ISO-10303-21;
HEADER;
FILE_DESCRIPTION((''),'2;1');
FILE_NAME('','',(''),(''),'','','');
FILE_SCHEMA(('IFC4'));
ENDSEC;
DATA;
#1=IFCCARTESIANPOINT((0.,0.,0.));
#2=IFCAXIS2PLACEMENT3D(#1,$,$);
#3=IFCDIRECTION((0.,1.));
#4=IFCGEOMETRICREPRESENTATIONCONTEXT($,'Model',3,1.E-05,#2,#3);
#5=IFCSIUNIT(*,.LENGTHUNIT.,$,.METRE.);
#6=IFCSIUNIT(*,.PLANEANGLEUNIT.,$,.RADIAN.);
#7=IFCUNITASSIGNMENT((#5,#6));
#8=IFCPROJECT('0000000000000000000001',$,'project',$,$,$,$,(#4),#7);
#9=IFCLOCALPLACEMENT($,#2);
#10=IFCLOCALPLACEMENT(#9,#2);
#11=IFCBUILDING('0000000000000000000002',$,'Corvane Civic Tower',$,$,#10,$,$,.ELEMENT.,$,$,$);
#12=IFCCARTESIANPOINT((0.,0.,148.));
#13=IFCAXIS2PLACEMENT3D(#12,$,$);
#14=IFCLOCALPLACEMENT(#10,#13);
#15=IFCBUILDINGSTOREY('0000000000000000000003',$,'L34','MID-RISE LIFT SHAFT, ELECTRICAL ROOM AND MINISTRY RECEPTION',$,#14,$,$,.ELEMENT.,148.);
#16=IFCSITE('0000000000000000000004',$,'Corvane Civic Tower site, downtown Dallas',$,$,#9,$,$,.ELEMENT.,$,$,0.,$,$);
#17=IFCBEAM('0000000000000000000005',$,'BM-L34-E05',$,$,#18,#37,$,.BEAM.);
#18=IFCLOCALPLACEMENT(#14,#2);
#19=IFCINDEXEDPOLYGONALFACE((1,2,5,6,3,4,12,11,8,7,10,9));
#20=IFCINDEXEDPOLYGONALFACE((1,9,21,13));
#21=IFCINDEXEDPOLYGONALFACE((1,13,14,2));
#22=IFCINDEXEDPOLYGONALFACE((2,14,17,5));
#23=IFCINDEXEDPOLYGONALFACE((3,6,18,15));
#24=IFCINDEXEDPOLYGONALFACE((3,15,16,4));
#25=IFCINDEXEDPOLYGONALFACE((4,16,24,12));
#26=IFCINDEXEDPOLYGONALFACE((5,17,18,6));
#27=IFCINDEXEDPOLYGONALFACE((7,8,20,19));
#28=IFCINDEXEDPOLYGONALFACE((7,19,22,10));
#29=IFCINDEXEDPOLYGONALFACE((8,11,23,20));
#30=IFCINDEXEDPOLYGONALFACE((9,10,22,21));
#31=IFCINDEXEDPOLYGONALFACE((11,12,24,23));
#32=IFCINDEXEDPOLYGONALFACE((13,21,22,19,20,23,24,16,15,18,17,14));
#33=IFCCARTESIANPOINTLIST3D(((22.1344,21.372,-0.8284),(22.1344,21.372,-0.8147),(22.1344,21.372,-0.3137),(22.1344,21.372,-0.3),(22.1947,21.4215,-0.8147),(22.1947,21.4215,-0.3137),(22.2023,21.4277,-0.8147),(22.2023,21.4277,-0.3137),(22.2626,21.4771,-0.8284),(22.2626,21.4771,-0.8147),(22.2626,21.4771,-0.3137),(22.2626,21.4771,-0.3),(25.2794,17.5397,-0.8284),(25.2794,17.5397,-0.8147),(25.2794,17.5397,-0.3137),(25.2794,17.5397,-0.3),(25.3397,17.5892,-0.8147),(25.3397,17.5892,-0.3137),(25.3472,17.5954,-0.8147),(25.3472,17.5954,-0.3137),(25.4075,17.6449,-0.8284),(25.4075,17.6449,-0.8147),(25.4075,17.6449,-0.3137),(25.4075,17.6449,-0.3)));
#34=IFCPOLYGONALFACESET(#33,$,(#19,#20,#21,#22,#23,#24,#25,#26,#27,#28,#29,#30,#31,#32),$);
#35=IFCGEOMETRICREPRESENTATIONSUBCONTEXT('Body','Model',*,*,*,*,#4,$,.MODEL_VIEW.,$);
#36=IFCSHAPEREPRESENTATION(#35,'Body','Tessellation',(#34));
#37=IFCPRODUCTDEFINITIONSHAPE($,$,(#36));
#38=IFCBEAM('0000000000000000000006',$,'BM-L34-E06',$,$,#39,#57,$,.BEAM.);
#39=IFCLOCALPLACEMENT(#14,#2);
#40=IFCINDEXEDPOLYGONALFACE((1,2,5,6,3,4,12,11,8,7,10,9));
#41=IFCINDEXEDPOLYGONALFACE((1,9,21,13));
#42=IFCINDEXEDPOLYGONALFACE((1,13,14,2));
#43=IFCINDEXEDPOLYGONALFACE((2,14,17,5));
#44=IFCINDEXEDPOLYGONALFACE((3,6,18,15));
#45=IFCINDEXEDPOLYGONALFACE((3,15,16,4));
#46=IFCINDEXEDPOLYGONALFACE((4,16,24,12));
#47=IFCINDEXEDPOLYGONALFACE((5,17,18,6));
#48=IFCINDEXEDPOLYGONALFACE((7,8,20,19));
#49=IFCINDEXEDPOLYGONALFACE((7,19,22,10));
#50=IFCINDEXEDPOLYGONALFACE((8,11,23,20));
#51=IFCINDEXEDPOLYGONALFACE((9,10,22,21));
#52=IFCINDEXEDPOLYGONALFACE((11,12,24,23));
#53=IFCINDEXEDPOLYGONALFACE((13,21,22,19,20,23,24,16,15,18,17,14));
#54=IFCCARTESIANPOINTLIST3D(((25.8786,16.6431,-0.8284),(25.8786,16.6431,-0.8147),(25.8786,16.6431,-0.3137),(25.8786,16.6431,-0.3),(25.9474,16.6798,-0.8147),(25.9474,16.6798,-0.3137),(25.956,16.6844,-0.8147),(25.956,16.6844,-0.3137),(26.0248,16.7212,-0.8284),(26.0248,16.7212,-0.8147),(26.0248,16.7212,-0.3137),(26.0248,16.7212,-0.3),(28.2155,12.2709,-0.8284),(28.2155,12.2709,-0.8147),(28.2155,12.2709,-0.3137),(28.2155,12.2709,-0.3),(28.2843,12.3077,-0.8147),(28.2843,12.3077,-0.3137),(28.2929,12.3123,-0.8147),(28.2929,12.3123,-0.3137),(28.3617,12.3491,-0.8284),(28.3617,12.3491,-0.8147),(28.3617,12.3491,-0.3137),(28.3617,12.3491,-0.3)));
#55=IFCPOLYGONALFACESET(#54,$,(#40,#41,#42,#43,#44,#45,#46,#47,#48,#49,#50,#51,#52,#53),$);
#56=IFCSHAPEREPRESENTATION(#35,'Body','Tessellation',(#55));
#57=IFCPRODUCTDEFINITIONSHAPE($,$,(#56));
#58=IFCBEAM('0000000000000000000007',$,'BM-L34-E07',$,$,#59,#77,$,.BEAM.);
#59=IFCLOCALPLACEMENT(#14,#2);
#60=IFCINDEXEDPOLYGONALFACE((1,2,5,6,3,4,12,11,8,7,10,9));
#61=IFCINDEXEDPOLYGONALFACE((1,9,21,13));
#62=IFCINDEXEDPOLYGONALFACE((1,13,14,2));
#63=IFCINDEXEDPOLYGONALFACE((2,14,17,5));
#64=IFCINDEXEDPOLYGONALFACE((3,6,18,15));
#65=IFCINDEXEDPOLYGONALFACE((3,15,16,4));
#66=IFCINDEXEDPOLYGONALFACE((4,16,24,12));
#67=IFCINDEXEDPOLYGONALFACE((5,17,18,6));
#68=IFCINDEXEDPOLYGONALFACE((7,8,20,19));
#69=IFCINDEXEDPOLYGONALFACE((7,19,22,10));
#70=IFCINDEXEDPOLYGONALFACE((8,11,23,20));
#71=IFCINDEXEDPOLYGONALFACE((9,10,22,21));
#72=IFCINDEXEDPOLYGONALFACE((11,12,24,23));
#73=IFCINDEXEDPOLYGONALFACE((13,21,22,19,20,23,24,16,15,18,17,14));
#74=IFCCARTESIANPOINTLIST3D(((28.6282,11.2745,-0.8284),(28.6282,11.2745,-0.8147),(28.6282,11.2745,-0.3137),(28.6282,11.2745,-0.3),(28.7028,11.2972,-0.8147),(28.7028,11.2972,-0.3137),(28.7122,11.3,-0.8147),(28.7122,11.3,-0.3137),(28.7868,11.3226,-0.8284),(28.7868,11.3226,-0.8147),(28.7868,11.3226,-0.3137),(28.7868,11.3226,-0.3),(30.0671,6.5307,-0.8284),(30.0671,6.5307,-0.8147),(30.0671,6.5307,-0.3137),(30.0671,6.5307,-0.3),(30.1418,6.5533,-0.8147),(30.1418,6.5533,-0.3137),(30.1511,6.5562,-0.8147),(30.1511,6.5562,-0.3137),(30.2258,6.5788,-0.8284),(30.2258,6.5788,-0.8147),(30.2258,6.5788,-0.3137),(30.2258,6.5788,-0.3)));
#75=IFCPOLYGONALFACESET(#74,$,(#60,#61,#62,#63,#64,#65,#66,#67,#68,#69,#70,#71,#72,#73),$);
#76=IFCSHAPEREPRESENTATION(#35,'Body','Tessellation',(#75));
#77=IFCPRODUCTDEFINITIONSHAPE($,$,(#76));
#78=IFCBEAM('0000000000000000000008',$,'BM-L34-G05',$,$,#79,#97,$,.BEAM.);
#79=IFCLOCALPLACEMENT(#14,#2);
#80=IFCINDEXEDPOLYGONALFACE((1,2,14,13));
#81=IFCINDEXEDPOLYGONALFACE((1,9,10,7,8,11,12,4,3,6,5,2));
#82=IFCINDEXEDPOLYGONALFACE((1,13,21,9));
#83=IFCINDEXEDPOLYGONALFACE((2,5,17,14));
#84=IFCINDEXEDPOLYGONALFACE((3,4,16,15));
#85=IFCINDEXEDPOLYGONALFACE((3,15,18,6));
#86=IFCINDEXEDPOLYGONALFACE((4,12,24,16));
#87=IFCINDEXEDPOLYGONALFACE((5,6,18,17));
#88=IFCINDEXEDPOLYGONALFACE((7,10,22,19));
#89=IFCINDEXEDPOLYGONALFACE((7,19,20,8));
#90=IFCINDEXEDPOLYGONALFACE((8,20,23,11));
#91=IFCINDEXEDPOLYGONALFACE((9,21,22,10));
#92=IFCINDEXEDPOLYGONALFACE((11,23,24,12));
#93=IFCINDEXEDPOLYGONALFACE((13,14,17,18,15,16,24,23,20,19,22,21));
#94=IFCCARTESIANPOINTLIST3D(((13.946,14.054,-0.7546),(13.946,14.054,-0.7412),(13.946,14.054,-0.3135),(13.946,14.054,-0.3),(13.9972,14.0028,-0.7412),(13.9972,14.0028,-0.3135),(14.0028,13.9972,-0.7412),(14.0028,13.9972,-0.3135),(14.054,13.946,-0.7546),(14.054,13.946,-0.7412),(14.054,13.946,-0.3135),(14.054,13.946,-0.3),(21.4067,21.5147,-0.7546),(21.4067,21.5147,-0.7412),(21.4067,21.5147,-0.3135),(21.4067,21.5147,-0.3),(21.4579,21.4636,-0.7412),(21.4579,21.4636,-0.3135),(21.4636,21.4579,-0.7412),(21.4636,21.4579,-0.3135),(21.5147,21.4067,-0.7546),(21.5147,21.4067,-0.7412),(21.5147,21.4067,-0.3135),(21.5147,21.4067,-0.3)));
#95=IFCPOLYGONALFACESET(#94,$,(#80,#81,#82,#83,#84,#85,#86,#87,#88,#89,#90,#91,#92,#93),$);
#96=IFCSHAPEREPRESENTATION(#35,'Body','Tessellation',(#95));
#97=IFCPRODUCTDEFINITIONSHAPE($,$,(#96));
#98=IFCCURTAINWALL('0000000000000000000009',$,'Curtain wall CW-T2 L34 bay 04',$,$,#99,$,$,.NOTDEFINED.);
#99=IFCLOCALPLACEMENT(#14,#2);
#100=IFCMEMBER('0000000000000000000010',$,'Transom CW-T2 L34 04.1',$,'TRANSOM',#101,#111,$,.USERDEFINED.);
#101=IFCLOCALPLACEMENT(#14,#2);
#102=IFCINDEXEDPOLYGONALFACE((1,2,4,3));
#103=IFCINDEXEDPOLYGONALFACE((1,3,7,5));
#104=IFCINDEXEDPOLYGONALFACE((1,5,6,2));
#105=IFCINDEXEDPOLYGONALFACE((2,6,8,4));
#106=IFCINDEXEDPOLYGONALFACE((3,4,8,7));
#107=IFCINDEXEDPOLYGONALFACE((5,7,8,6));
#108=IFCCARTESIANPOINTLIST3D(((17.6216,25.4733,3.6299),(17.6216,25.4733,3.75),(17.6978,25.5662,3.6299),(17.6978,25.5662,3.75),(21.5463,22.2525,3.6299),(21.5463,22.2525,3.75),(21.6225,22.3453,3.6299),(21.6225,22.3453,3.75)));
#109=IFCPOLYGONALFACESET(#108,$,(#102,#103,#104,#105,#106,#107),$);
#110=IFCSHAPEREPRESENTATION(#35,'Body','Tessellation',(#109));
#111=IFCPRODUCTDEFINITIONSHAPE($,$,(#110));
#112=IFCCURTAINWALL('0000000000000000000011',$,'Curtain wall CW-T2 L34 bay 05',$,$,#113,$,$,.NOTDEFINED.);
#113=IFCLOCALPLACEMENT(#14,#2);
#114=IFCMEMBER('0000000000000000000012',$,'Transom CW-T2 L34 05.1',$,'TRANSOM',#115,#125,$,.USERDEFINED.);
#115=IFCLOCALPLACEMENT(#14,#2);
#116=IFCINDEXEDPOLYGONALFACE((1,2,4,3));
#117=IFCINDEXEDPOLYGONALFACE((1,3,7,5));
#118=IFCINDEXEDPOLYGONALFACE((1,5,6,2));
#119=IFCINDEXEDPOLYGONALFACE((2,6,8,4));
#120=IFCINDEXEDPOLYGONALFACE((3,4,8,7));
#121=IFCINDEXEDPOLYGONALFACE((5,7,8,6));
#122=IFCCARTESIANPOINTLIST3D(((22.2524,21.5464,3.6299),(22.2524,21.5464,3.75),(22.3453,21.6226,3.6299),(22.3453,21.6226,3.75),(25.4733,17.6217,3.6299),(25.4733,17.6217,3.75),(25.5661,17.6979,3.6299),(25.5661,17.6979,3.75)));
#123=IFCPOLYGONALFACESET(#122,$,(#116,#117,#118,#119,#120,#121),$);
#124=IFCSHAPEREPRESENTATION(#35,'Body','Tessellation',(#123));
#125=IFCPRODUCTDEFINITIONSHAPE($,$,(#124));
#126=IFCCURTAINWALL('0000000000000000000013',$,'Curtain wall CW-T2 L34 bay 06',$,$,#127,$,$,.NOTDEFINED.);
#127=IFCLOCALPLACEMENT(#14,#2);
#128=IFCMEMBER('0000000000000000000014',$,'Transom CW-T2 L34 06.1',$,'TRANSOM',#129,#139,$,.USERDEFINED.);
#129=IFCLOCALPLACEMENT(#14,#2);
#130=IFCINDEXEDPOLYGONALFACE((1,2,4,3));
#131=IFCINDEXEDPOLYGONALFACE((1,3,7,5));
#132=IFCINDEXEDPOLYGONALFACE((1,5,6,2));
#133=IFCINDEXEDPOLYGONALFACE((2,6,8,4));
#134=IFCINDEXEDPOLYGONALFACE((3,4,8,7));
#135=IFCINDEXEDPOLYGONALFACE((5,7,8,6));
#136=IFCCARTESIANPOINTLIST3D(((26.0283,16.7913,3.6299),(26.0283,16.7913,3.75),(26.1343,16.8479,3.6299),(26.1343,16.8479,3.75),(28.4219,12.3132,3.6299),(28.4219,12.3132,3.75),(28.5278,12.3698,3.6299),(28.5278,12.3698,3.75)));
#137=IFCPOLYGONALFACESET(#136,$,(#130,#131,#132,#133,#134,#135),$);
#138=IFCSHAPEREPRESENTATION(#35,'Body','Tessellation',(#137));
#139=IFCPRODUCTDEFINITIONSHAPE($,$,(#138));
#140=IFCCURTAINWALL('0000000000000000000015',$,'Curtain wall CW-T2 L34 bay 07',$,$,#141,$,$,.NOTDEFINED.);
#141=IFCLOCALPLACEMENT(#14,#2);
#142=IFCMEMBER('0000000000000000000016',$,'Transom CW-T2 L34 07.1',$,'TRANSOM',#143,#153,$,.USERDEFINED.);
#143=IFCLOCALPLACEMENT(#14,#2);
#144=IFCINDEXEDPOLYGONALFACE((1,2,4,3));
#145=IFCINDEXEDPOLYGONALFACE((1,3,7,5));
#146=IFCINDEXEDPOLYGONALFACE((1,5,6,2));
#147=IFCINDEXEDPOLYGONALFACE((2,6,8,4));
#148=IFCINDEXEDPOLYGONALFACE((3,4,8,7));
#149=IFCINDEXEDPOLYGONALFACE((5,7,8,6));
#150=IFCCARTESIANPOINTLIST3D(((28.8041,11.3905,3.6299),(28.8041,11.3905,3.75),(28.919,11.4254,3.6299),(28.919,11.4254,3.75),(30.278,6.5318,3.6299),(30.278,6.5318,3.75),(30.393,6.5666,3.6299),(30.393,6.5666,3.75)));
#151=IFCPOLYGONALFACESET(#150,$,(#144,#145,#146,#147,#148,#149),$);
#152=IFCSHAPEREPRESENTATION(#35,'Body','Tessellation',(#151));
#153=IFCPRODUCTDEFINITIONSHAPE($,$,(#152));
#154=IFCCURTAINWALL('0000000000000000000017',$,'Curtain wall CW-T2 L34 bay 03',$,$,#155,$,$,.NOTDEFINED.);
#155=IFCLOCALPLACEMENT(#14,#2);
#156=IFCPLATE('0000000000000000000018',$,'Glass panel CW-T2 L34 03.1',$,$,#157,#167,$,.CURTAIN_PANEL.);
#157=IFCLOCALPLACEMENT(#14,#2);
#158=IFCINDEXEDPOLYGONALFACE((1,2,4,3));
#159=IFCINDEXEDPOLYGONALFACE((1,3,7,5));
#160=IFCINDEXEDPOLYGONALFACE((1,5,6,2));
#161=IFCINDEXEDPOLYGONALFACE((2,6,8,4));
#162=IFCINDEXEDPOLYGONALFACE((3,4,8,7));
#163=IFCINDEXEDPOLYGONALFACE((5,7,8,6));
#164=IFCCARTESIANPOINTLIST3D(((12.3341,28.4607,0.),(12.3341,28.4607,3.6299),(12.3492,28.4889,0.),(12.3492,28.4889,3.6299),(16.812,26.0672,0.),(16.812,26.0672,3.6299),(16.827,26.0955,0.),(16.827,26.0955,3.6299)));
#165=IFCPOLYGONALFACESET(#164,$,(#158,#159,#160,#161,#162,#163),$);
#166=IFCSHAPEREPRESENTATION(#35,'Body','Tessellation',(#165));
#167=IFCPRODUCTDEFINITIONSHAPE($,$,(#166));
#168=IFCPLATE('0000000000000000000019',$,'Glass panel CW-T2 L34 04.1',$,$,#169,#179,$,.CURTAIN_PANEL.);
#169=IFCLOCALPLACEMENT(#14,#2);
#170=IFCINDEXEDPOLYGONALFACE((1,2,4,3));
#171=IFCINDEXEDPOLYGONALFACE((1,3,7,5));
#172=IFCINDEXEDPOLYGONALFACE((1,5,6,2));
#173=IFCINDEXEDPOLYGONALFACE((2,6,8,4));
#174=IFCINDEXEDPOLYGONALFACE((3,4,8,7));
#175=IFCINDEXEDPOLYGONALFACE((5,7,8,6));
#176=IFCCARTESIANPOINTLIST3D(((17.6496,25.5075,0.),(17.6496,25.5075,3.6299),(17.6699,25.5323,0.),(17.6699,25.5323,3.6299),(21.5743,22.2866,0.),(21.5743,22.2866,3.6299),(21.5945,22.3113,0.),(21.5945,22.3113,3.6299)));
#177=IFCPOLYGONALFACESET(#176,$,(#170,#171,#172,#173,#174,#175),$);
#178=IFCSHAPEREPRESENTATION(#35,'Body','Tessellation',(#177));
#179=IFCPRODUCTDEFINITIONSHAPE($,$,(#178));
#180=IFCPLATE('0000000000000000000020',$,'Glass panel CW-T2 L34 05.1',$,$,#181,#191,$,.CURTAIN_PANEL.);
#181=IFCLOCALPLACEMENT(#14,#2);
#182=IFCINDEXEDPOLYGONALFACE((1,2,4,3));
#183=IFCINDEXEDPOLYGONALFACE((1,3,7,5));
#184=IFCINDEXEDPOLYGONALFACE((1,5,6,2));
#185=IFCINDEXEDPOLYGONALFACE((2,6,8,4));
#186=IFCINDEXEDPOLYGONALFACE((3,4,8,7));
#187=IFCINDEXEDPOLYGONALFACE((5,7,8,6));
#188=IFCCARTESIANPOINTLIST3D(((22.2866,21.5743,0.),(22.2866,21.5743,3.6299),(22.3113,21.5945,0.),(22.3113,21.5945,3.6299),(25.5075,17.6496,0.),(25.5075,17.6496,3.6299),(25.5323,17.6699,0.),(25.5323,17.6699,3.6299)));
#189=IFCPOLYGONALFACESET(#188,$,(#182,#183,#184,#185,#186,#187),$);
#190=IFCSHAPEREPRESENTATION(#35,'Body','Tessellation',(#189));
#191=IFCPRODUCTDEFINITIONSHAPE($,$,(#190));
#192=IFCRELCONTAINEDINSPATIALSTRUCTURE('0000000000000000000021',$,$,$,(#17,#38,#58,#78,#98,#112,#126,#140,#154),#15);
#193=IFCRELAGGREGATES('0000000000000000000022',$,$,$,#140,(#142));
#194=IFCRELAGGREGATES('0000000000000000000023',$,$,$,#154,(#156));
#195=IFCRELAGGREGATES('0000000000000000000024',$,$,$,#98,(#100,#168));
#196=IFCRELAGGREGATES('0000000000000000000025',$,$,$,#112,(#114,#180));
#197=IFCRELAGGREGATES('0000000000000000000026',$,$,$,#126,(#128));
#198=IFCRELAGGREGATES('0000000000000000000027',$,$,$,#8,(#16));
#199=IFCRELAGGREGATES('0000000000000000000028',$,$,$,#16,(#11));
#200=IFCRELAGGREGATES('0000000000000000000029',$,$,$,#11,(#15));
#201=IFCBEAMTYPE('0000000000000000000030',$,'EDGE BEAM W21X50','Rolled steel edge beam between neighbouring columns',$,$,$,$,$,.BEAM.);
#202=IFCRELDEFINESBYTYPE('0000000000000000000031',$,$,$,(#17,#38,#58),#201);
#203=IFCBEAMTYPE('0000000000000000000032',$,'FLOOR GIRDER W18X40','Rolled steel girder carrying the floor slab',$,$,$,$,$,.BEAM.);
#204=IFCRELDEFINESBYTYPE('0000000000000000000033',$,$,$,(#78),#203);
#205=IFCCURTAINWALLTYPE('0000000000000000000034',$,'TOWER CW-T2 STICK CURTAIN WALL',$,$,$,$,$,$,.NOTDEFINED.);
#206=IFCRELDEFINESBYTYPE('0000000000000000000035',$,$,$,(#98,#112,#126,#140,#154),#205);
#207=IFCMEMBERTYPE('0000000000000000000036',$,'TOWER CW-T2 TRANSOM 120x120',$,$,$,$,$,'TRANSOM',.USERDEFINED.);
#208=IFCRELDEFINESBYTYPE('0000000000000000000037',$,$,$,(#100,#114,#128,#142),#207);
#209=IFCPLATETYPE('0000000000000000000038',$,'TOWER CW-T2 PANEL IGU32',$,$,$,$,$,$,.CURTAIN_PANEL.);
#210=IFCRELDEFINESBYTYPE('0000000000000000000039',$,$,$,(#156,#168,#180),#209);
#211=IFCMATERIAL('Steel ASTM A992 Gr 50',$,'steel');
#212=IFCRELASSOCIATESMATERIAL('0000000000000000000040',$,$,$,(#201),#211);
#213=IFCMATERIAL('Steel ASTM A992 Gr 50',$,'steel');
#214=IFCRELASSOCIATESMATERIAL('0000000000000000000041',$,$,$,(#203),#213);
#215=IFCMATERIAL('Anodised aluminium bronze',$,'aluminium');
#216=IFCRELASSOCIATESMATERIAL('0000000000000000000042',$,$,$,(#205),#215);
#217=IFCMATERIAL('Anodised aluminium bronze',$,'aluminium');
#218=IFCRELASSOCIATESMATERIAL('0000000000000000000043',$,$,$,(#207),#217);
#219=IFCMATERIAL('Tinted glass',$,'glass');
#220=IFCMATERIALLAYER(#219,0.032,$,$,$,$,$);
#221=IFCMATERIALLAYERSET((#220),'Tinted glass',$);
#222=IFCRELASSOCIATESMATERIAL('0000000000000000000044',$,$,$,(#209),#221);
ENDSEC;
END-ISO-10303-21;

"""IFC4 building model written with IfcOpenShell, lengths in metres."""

from ifc_helpers import new_model, si_unit, direction, frame, origin, origin_2d, place, context, subcontext, project, spatial, rectangle, i_section, extrude, material, layer, layer_set, material_profile, profile_set, type_object, element, aggregate, save


model = new_model("IFC4")

# Units and contexts
model_context = context("Model", 3, precision=1e-05, world=origin(), true_north=direction((0.0, 1.0)))
body_context = subcontext(model_context, "Body", "Model", "MODEL_VIEW")
ifc_project = project(units=[si_unit("LENGTHUNIT", "METRE"), si_unit("PLANEANGLEUNIT", "RADIAN")], contexts=[model_context])

# Site, building, storey
site_placement = place(None, origin())
site = spatial("IfcSite", under=ifc_project, at=site_placement, Name="Corvane Civic Tower site, downtown Dallas", CompositionType="ELEMENT", RefElevation=0.0)
building_placement = place(site_placement, origin())
building = spatial("IfcBuilding", under=site, at=building_placement, Name="Corvane Civic Tower", CompositionType="ELEMENT")
storey_placement = place(building_placement, frame((0.0, 0.0, 148.0)))
storey = spatial("IfcBuildingStorey", under=building, at=storey_placement, Name="L34", Description="MID-RISE LIFT SHAFT, ELECTRICAL ROOM AND MINISTRY RECEPTION", CompositionType="ELEMENT", Elevation=148.0)

# Beams
ifc_material_1 = material(Name="Steel ASTM A992 Gr 50", Category="steel")
ifc_material_profile_1 = material_profile(ifc_material_1, i_section(OverallWidth=0.1658, OverallDepth=0.5283, WebThickness=0.0098, FlangeThickness=0.0137, at=origin_2d()), Name="W21X50")
ifc_profile_set_1 = profile_set([ifc_material_profile_1], Name="Steel ASTM A992 Gr 50")
beam_type_1 = type_object("IfcBeamType", Name="EDGE BEAM W21X50", Description="Rolled steel edge beam between neighbouring columns", PredefinedType="BEAM", material=ifc_profile_set_1)
for number, where, z_axis, x_axis, name in (
    (1, (22.1985, 21.4246, -0.5642), (0.634388, -0.773015, 0.0), (0.773015, 0.634388, 0.0), "BM-L34-E05"),
    (2, (25.9517, 16.6821, -0.5642), (0.471396, -0.881922, 0.0), (0.881922, 0.471396, 0.0), "BM-L34-E06"),
):
    element("IfcBeam", number, at=place(storey_placement, frame(where, z_axis=z_axis, x_axis=x_axis)), inside=storey, type_object=beam_type_1, Name=name, PredefinedType="BEAM", context=body_context, shape_type="SweptSolid", body=[
        extrude(i_section(OverallWidth=0.1658, OverallDepth=0.5283, WebThickness=0.0098, FlangeThickness=0.0137, at=origin_2d()), origin(), (0.0, 0.0, 1.0), 4.9575),
    ])
beam_1_placement = place(storey_placement, frame((28.7075, 11.2986, -0.5642), z_axis=(0.29027, -0.956945, 0.0), x_axis=(0.956945, 0.29027, 0.0)))
element("IfcBeam", 3, at=beam_1_placement, inside=storey, type_object=beam_type_1, Name="BM-L34-E07", PredefinedType="BEAM", context=body_context, shape_type="SweptSolid", body=[
    extrude(i_section(OverallWidth=0.1658, OverallDepth=0.5283, WebThickness=0.0098, FlangeThickness=0.0137, at=origin_2d()), origin(), (0.0, 0.0, 1.0), 4.9573),
])
ifc_material_2 = material(Name="Steel ASTM A992 Gr 50", Category="steel")
ifc_material_profile_2 = material_profile(ifc_material_2, i_section(OverallWidth=0.1528, OverallDepth=0.4546, WebThickness=0.0081, FlangeThickness=0.0134, at=origin_2d()), Name="W18X40")
ifc_profile_set_2 = profile_set([ifc_material_profile_2], Name="Steel ASTM A992 Gr 50")
beam_type_2 = type_object("IfcBeamType", Name="FLOOR GIRDER W18X40", Description="Rolled steel girder carrying the floor slab", PredefinedType="BEAM", material=ifc_profile_set_2)
beam_2_placement = place(storey_placement, frame((14.0, 14.0, -0.5273), z_axis=(0.707107, 0.707107, 0.0), x_axis=(-0.707107, 0.707107, 0.0)))
element("IfcBeam", 4, at=beam_2_placement, inside=storey, type_object=beam_type_2, Name="BM-L34-G05", PredefinedType="BEAM", context=body_context, shape_type="SweptSolid", body=[
    extrude(i_section(OverallWidth=0.1528, OverallDepth=0.4546, WebThickness=0.0081, FlangeThickness=0.0134, at=origin_2d()), origin(), (0.0, 0.0, 1.0), 10.551),
])

# Curtain walls, members
ifc_material_3 = material(Name="Anodised aluminium bronze", Category="aluminium")
curtain_wall_type = type_object("IfcCurtainWallType", Name="TOWER CW-T2 STICK CURTAIN WALL", PredefinedType="NOTDEFINED", material=ifc_material_3)
curtain_wall_1_placement = place(storey_placement, origin())
curtain_wall_1 = element("IfcCurtainWall", 5, at=curtain_wall_1_placement, inside=storey, type_object=curtain_wall_type, Name="Curtain wall CW-T2 L34 bay 04", PredefinedType="NOTDEFINED")
ifc_material_4 = material(Name="Anodised aluminium bronze", Category="aluminium")
ifc_material_profile_3 = material_profile(ifc_material_4, rectangle(XDim=0.1201, YDim=0.1201, at=origin_2d()), Name="TOWER CW-T2 TRANSOM 120x120")
ifc_profile_set_3 = profile_set([ifc_material_profile_3], Name="Anodised aluminium bronze")
member_type = type_object("IfcMemberType", Name="TOWER CW-T2 TRANSOM 120x120", ElementType="TRANSOM", PredefinedType="USERDEFINED", material=ifc_profile_set_3)
member_1_placement = place(storey_placement, frame((17.6597, 25.5198, 3.6899), z_axis=(0.773016, -0.634387, 0.0), x_axis=(0.634387, 0.773016, 0.0)))
member_1 = element("IfcMember", 6, at=member_1_placement, type_object=member_type, Name="Transom CW-T2 L34 04.1", ObjectType="TRANSOM", PredefinedType="USERDEFINED", context=body_context, shape_type="SweptSolid", body=[
    extrude(rectangle(XDim=0.1201, YDim=0.1201, at=origin_2d()), origin(), (0.0, 0.0, 1.0), 5.0771),
])
curtain_wall_2_placement = place(storey_placement, origin())
curtain_wall_2 = element("IfcCurtainWall", 7, at=curtain_wall_2_placement, inside=storey, type_object=curtain_wall_type, Name="Curtain wall CW-T2 L34 bay 05", PredefinedType="NOTDEFINED")
member_2_placement = place(storey_placement, frame((22.2988, 21.5845, 3.6899), z_axis=(0.634387, -0.773016, 0.0), x_axis=(0.773016, 0.634387, 0.0)))
member_2 = element("IfcMember", 8, at=member_2_placement, type_object=member_type, Name="Transom CW-T2 L34 05.1", ObjectType="TRANSOM", PredefinedType="USERDEFINED", context=body_context, shape_type="SweptSolid", body=[
    extrude(rectangle(XDim=0.1201, YDim=0.1201, at=origin_2d()), origin(), (0.0, 0.0, 1.0), 5.0771),
])
curtain_wall_3_placement = place(storey_placement, origin())
curtain_wall_3 = element("IfcCurtainWall", 9, at=curtain_wall_3_placement, inside=storey, type_object=curtain_wall_type, Name="Curtain wall CW-T2 L34 bay 06", PredefinedType="NOTDEFINED")
member_3_placement = place(storey_placement, frame((26.0813, 16.8196, 3.6899), z_axis=(0.471397, -0.881921, 0.0), x_axis=(0.881921, 0.471397, 0.0)))
member_3 = element("IfcMember", 10, at=member_3_placement, type_object=member_type, Name="Transom CW-T2 L34 06.1", ObjectType="TRANSOM", PredefinedType="USERDEFINED", context=body_context, shape_type="SweptSolid", body=[
    extrude(rectangle(XDim=0.1201, YDim=0.1201, at=origin_2d()), origin(), (0.0, 0.0, 1.0), 5.0776),
])
curtain_wall_4_placement = place(storey_placement, origin())
curtain_wall_4 = element("IfcCurtainWall", 11, at=curtain_wall_4_placement, inside=storey, type_object=curtain_wall_type, Name="Curtain wall CW-T2 L34 bay 07", PredefinedType="NOTDEFINED")
member_4_placement = place(storey_placement, frame((28.8616, 11.408, 3.6899), z_axis=(0.290289, -0.956939, 0.0), x_axis=(0.956939, 0.290289, 0.0)))
member_4 = element("IfcMember", 12, at=member_4_placement, type_object=member_type, Name="Transom CW-T2 L34 07.1", ObjectType="TRANSOM", PredefinedType="USERDEFINED", context=body_context, shape_type="SweptSolid", body=[
    extrude(rectangle(XDim=0.1201, YDim=0.1201, at=origin_2d()), origin(), (0.0, 0.0, 1.0), 5.0774),
])
aggregate(curtain_wall_4, [member_4])

# Curtain wall, plate
curtain_wall_5_placement = place(storey_placement, origin())
curtain_wall_5 = element("IfcCurtainWall", 13, at=curtain_wall_5_placement, inside=storey, type_object=curtain_wall_type, Name="Curtain wall CW-T2 L34 bay 03", PredefinedType="NOTDEFINED")
ifc_material_5 = material(Name="Tinted glass", Category="glass")
ifc_layer_1 = layer(ifc_material_5, 0.032)
ifc_layer_set_1 = layer_set([ifc_layer_1], Name="Tinted glass")
plate_type = type_object("IfcPlateType", Name="TOWER CW-T2 PANEL IGU32", PredefinedType="CURTAIN_PANEL", material=ifc_layer_set_1)
plate_1_placement = place(storey_placement, frame((14.5806, 27.2781, 0.0), z_axis=(0.0, 0.0, 1.0), x_axis=(0.881922, -0.471395, 0.0)))
plate_1 = element("IfcPlate", 14, at=plate_1_placement, type_object=plate_type, Name="Glass panel CW-T2 L34 03.1", PredefinedType="CURTAIN_PANEL", context=body_context, shape_type="SweptSolid", body=[
    extrude(rectangle(XDim=5.0774, YDim=0.032, at=origin_2d()), origin(), (0.0, 0.0, 1.0), 3.6299),
])
aggregate(curtain_wall_5, [plate_1])

# Plates
plate_2_placement = place(storey_placement, frame((19.6221, 23.9094, 0.0), z_axis=(0.0, 0.0, 1.0), x_axis=(0.773005, -0.6344, 0.0)))
plate_2 = element("IfcPlate", 15, at=plate_2_placement, type_object=plate_type, Name="Glass panel CW-T2 L34 04.1", PredefinedType="CURTAIN_PANEL", context=body_context, shape_type="SweptSolid", body=[
    extrude(rectangle(XDim=5.0771, YDim=0.032, at=origin_2d()), origin(), (0.0, 0.0, 1.0), 3.6299),
])
aggregate(curtain_wall_1, [member_1, plate_2])
plate_3_placement = place(storey_placement, frame((23.9094, 19.6221, 0.0), z_axis=(0.0, 0.0, 1.0), x_axis=(0.6344, -0.773005, 0.0)))
plate_3 = element("IfcPlate", 16, at=plate_3_placement, type_object=plate_type, Name="Glass panel CW-T2 L34 05.1", PredefinedType="CURTAIN_PANEL", context=body_context, shape_type="SweptSolid", body=[
    extrude(rectangle(XDim=5.0771, YDim=0.032, at=origin_2d()), origin(), (0.0, 0.0, 1.0), 3.6299),
])
aggregate(curtain_wall_2, [member_2, plate_3])
aggregate(curtain_wall_3, [member_3])

save(model, "model.ifc")
